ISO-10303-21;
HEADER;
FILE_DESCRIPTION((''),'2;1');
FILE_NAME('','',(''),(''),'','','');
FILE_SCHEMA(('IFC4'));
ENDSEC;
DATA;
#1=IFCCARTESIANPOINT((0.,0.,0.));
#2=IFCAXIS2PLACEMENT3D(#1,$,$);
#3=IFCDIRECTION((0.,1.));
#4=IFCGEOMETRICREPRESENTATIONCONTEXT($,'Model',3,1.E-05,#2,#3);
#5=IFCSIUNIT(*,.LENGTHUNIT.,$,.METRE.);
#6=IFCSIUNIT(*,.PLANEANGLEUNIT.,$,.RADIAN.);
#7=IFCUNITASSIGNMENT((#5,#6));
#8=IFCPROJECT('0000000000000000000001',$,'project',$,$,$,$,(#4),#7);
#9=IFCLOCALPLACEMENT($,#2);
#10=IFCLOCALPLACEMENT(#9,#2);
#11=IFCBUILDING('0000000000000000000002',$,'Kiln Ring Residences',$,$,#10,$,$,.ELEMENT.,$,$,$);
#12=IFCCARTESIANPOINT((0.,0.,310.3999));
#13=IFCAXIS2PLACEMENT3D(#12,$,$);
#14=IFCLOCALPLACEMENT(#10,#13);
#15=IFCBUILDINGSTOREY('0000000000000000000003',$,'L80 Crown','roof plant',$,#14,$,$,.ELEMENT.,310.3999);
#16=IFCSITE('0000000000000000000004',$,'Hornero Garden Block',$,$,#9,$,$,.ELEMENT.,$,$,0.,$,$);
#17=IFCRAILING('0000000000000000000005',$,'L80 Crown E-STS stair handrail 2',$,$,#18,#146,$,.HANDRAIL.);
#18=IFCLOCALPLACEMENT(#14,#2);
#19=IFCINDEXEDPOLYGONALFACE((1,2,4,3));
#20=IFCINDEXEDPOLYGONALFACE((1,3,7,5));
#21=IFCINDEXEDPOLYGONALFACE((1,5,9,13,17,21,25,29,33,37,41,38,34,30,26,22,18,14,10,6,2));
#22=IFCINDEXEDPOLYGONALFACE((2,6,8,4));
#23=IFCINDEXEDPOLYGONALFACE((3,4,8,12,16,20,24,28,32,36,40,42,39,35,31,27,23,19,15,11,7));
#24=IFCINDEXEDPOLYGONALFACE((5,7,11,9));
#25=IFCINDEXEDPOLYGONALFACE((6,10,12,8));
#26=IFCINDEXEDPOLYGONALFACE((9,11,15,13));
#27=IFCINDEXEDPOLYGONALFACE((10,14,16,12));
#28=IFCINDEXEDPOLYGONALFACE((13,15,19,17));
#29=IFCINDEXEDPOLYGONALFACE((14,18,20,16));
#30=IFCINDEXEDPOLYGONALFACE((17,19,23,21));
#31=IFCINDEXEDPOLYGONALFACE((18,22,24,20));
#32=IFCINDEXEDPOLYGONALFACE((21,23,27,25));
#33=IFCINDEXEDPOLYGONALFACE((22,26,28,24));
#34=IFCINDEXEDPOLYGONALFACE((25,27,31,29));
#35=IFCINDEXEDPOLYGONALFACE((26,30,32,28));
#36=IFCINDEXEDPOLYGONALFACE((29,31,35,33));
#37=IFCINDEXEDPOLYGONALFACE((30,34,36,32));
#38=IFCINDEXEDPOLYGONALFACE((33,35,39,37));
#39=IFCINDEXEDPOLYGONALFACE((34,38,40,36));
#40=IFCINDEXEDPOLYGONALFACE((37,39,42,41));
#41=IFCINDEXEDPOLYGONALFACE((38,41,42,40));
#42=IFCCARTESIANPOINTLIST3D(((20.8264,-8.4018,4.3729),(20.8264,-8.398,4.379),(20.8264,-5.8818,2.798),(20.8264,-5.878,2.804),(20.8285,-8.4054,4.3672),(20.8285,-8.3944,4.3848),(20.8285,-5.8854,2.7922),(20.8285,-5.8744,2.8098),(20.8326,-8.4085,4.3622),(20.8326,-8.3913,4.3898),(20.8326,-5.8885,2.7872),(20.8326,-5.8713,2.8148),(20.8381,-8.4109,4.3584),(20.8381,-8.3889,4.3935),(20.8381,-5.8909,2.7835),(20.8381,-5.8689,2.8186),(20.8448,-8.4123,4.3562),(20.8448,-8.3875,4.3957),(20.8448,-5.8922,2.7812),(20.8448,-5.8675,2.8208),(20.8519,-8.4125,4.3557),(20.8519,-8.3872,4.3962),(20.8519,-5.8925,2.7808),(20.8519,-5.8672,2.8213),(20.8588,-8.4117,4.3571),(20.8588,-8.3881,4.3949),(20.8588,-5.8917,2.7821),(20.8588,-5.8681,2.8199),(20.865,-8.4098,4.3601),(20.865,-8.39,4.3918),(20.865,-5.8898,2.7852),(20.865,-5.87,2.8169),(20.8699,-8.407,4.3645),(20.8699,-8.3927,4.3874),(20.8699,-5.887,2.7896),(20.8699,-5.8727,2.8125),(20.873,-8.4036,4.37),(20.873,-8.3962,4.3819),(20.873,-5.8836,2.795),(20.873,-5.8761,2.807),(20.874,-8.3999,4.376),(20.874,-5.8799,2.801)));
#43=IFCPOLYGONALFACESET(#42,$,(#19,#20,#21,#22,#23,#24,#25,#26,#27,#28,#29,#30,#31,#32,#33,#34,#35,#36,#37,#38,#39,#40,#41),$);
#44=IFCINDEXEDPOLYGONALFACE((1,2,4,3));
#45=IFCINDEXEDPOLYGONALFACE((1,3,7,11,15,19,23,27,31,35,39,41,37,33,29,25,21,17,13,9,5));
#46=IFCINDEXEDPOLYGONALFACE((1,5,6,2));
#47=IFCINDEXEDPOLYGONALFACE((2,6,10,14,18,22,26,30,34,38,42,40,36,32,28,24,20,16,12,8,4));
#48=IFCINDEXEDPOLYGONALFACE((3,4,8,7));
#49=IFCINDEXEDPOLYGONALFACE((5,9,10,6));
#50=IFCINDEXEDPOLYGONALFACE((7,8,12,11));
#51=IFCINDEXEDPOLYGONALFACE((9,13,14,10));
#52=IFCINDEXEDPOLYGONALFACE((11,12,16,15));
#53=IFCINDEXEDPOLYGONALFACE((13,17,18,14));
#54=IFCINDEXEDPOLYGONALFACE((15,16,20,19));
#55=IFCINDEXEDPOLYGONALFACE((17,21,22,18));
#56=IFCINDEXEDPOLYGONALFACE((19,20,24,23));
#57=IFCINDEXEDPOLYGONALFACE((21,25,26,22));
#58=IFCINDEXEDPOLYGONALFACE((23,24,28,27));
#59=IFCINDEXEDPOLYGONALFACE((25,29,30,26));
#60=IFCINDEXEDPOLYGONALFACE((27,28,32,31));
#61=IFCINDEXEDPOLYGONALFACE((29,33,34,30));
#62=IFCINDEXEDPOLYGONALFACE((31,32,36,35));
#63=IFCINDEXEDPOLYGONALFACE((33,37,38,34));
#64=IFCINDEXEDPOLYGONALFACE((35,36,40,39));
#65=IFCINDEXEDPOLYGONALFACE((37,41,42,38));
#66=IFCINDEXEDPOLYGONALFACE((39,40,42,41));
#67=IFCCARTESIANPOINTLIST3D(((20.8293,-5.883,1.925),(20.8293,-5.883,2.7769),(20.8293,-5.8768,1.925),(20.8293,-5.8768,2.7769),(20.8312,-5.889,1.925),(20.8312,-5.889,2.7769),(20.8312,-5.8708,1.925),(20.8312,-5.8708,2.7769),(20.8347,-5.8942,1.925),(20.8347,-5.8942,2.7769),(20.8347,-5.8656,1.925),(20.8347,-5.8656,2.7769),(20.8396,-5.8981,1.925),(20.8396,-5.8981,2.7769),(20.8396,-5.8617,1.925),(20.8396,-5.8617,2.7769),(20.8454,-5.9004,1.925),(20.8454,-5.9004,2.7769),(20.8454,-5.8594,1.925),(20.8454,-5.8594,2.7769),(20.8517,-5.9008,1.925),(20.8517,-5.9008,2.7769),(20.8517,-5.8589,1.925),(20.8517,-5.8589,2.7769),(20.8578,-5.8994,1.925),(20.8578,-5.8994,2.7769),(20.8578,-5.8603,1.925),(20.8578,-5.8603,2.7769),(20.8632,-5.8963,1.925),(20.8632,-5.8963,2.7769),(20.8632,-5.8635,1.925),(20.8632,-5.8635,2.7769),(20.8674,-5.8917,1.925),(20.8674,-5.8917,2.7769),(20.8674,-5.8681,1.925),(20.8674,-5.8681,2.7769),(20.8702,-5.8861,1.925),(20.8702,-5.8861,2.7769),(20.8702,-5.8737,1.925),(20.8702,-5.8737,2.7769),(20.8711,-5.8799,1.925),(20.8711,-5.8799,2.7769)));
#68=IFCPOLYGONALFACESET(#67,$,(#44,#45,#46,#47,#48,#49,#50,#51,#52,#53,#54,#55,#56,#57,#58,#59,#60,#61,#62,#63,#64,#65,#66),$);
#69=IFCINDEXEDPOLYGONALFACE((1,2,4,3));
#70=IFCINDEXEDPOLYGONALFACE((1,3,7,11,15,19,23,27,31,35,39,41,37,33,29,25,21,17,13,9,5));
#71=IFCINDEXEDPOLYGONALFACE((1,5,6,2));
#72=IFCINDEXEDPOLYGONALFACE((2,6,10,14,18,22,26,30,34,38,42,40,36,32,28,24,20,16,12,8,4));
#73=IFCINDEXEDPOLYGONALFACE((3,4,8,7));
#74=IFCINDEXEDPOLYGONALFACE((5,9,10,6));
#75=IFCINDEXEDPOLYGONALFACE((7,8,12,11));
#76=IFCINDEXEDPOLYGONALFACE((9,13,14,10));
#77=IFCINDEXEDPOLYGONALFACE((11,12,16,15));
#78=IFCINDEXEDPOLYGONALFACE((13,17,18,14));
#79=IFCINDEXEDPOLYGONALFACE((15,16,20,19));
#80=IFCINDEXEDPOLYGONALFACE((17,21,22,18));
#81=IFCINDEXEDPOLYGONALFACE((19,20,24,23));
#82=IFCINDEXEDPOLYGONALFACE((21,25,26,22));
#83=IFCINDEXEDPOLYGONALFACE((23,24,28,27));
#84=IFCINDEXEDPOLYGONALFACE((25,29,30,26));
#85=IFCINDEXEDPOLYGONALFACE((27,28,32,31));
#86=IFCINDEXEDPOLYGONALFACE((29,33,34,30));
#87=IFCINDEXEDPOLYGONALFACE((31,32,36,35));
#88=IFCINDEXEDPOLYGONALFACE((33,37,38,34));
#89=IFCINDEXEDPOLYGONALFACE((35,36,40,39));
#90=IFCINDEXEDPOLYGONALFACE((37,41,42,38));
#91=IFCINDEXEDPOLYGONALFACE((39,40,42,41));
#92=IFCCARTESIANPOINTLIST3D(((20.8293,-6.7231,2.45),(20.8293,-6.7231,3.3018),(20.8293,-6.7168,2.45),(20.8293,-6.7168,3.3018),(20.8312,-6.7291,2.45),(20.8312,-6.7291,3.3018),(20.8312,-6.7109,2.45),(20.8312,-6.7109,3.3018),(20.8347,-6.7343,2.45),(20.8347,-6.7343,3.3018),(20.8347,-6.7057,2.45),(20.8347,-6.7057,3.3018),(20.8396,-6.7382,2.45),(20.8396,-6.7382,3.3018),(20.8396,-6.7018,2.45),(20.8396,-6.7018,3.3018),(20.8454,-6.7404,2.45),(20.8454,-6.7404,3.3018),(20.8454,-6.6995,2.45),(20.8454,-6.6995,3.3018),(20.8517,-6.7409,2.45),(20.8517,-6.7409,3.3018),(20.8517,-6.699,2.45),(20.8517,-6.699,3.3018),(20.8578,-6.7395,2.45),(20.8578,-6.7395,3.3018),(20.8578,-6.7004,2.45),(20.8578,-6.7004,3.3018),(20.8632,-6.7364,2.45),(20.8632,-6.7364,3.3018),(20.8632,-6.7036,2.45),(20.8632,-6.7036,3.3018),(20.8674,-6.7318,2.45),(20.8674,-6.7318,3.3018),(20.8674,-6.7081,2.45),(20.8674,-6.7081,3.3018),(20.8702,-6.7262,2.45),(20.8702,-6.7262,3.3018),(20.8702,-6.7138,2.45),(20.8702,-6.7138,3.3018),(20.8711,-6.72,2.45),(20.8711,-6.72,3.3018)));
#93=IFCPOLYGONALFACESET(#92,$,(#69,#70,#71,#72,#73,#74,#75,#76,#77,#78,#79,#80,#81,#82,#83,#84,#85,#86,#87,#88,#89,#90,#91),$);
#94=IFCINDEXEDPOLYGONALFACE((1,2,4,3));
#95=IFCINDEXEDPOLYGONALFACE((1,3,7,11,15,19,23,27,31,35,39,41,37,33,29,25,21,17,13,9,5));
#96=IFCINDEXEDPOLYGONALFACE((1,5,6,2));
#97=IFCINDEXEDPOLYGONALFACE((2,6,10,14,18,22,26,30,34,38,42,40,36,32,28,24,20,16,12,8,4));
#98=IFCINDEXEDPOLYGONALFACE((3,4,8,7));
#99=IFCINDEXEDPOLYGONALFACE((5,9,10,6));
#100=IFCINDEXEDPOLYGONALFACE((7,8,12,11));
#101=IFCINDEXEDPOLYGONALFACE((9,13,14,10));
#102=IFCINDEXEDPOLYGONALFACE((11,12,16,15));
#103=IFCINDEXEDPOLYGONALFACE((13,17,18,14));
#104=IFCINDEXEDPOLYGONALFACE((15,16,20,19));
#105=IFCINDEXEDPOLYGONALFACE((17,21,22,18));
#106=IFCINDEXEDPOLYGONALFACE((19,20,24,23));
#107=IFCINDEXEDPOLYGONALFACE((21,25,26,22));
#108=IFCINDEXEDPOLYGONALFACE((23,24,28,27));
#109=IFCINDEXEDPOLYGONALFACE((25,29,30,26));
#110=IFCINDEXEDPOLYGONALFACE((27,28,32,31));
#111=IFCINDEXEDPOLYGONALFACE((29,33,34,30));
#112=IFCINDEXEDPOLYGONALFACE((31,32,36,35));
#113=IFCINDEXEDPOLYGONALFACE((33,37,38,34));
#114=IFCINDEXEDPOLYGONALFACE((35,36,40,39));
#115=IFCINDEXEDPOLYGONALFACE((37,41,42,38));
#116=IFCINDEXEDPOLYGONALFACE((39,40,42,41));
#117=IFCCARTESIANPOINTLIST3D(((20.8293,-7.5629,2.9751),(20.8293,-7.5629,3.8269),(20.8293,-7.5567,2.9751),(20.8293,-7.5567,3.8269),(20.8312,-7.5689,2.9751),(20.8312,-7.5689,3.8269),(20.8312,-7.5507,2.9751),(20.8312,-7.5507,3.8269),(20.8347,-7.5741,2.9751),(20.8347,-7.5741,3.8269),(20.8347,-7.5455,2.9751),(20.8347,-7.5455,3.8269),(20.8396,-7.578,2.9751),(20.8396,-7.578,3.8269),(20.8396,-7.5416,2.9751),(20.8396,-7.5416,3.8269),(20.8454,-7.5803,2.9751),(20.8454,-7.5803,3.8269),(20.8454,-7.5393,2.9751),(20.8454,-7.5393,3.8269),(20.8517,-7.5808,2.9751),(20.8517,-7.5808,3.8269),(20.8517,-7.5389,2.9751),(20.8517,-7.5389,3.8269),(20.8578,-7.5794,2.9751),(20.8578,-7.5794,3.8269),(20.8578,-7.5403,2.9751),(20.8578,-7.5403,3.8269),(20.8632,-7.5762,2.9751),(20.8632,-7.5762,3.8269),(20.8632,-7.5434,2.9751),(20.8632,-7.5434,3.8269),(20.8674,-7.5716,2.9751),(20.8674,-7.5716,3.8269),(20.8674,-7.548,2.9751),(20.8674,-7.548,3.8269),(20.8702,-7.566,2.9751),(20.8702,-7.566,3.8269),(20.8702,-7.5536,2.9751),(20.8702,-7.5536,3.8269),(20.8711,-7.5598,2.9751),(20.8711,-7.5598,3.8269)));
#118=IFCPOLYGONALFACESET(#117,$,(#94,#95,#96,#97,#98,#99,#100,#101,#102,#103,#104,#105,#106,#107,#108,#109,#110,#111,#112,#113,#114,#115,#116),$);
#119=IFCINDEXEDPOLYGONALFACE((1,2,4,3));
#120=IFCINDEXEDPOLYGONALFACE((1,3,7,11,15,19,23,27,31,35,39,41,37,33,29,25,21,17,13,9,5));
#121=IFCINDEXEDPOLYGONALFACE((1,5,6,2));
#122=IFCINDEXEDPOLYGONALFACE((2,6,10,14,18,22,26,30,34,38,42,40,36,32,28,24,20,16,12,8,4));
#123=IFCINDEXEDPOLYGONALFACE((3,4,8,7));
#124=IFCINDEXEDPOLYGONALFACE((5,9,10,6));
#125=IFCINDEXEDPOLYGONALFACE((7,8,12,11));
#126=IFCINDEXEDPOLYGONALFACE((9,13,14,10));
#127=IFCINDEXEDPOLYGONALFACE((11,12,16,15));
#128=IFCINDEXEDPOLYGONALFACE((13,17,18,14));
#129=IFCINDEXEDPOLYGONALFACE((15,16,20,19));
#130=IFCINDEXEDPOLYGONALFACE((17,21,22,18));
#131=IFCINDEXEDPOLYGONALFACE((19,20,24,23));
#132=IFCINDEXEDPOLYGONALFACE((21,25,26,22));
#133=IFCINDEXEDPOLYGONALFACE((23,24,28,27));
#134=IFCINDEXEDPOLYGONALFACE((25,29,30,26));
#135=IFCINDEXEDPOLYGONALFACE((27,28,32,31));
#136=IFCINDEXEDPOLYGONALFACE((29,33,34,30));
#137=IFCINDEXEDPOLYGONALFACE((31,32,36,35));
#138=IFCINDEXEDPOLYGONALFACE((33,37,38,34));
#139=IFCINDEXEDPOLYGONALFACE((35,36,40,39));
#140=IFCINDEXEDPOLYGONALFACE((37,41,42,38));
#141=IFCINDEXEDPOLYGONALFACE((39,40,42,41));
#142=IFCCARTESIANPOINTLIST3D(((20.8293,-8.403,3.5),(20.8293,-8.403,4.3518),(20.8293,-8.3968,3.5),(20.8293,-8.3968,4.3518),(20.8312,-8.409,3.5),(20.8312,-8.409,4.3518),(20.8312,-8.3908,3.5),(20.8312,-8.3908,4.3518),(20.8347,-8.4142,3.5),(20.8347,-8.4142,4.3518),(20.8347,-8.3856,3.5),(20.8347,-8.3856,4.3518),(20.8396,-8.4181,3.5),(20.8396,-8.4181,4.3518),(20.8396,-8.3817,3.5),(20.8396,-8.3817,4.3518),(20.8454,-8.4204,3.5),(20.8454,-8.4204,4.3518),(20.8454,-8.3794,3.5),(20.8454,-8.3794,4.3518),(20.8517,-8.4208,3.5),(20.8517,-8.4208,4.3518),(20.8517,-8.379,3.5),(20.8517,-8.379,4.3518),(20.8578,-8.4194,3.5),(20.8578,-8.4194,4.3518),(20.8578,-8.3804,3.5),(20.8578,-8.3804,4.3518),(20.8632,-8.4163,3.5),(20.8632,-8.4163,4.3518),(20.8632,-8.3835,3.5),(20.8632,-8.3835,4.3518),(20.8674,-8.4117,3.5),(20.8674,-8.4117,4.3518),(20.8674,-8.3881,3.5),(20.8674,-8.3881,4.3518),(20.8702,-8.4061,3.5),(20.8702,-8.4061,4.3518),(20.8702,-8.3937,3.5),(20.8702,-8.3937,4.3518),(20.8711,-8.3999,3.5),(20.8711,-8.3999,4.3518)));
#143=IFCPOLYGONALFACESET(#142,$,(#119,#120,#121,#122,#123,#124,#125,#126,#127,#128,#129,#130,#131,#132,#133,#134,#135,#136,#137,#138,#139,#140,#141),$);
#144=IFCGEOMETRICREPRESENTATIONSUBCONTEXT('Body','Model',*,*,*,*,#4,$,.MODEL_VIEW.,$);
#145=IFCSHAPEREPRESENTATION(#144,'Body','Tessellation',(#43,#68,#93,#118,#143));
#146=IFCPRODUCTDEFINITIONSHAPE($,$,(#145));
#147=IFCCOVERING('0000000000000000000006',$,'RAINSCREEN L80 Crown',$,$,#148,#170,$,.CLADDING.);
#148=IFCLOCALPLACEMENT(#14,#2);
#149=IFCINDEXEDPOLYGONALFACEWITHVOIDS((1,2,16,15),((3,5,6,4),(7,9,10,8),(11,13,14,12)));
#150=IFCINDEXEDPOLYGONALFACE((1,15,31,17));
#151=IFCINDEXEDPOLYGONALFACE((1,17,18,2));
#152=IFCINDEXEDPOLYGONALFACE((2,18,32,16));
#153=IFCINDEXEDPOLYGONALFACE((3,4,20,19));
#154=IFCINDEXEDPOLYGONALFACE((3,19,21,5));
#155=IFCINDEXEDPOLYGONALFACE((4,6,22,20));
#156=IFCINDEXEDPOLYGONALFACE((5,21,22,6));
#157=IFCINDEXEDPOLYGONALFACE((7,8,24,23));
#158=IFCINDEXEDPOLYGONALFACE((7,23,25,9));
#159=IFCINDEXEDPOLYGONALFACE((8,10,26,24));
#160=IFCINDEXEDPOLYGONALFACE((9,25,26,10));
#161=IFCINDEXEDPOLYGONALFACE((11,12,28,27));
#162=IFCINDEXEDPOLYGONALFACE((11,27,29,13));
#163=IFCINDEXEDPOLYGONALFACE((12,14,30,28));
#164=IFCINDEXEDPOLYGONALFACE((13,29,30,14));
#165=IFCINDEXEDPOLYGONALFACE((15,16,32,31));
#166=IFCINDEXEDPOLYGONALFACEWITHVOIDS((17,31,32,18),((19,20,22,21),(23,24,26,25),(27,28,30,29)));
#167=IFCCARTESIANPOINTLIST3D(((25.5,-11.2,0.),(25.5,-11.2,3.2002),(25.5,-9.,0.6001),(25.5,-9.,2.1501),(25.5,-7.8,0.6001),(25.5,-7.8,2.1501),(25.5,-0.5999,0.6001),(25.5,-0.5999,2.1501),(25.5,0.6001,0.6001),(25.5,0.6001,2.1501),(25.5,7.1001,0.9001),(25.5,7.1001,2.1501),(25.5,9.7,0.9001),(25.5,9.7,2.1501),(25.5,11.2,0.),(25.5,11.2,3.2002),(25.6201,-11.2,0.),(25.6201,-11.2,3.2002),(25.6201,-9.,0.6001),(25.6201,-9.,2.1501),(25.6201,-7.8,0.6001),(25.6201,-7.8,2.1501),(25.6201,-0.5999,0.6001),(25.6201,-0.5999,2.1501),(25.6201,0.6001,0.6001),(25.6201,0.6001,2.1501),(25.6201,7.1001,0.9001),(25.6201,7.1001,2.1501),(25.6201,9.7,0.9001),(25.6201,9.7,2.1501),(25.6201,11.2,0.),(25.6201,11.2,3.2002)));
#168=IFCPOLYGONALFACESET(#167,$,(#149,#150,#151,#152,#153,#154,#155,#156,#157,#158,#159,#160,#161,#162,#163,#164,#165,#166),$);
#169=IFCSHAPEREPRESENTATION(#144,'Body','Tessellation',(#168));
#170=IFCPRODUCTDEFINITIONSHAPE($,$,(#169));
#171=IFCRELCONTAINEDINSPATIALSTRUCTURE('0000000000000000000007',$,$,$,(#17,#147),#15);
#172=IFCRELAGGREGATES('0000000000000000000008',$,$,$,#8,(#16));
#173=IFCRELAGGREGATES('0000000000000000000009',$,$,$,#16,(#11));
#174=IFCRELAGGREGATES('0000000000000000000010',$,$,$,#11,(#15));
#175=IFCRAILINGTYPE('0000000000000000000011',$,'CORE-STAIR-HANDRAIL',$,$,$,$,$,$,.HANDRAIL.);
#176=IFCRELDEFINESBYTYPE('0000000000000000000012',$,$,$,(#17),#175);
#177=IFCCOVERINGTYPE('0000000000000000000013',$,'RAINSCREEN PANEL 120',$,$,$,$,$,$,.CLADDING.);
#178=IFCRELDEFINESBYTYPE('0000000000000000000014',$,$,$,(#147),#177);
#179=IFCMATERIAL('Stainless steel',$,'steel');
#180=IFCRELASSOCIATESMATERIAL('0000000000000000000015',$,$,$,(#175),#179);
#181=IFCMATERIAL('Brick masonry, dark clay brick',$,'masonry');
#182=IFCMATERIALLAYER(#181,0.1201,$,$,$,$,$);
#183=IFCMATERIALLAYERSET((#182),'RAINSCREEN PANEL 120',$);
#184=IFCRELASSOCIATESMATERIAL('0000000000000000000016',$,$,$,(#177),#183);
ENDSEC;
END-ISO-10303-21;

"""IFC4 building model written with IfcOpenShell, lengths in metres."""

from ifc_helpers import new_model, si_unit, direction, frame, origin, origin_2d, place, context, subcontext, project, spatial, polyline, circle, outline, extrude, material, layer, layer_set, type_object, element, save


model = new_model("IFC4")

# Units and contexts
model_context = context("Model", 3, precision=1e-05, world=origin(), true_north=direction((0.0, 1.0)))
body_context = subcontext(model_context, "Body", "Model", "MODEL_VIEW")
ifc_project = project(units=[si_unit("LENGTHUNIT", "METRE"), si_unit("PLANEANGLEUNIT", "RADIAN")], contexts=[model_context])

# Site, building, storey
site_placement = place(None, origin())
site = spatial("IfcSite", under=ifc_project, at=site_placement, Name="Hornero Garden Block", CompositionType="ELEMENT", RefElevation=0.0)
building_placement = place(site_placement, origin())
building = spatial("IfcBuilding", under=site, at=building_placement, Name="Kiln Ring Residences", CompositionType="ELEMENT")
storey_placement = place(building_placement, frame((0.0, 0.0, 310.3999)))
storey = spatial("IfcBuildingStorey", under=building, at=storey_placement, Name="L80 Crown", Description="roof plant", CompositionType="ELEMENT", Elevation=310.3999)

# Railing
ifc_material_1 = material(Name="Stainless steel", Category="steel")
railing_type_1 = type_object("IfcRailingType", Name="CORE-STAIR-HANDRAIL", PredefinedType="HANDRAIL", material=ifc_material_1)
railing_1_placement = place(storey_placement, frame((20.8501, -5.8799, 1.925)))
element("IfcRailing", 1, at=railing_1_placement, inside=storey, type_object=railing_type_1, Name="L80 Crown E-STS stair handrail 2", PredefinedType="HANDRAIL", context=body_context, shape_type="SweptSolid", body=[
    extrude(circle(Radius=0.0239, at=origin_2d()), frame((0.0, 0.0, 0.876), z_axis=(0.0, -0.848008, 0.529984), x_axis=(1.0, 0.0, 0.0)), (0.0, 0.0, 1.0), 2.9717),
    extrude(circle(Radius=0.021, at=origin_2d()), origin(), (0.0, 0.0, 1.0), 0.8518),
    extrude(circle(Radius=0.021, at=origin_2d()), frame((0.0, -0.8401, 0.5249)), (0.0, 0.0, 1.0), 0.8518),
    extrude(circle(Radius=0.021, at=origin_2d()), frame((0.0, -1.6799, 1.05)), (0.0, 0.0, 1.0), 0.8518),
    extrude(circle(Radius=0.021, at=origin_2d()), frame((0.0, -2.52, 1.575)), (0.0, 0.0, 1.0), 0.8518),
])

# Covering
ifc_material_2 = material(Name="Brick masonry, dark clay brick", Category="masonry")
ifc_layer_1 = layer(ifc_material_2, 0.1201)
ifc_layer_set_1 = layer_set([ifc_layer_1], Name="RAINSCREEN PANEL 120")
covering_type = type_object("IfcCoveringType", Name="RAINSCREEN PANEL 120", PredefinedType="CLADDING", material=ifc_layer_set_1)
covering_placement = place(storey_placement, frame((25.5601, -11.2, 0.0), z_axis=(0.0, 0.0, 1.0), x_axis=(0.0, 1.0, 0.0)))
element("IfcCovering", 2, at=covering_placement, inside=storey, type_object=covering_type, Name="RAINSCREEN L80 Crown", PredefinedType="CLADDING", context=body_context, shape_type="SweptSolid", body=[
    extrude(outline(polyline([(0.0, 0.0), (22.3999, 0.0), (22.3999, 3.2002), (0.0, 3.2002), (0.0, 0.0)]), holes=[polyline([(3.3999, 2.1501), (2.2, 2.1501), (2.2, 0.6001), (3.3999, 0.6001), (3.3999, 2.1501)]), polyline([(11.8, 0.6001), (11.8, 2.1501), (10.6001, 2.1501), (10.6001, 0.6001), (11.8, 0.6001)]), polyline([(20.8999, 0.9001), (20.8999, 2.1501), (18.3, 2.1501), (18.3, 0.9001), (20.8999, 0.9001)])]), frame((0.0, 0.0601, 0.0), z_axis=(0.0, -1.0, 0.0), x_axis=(1.0, 0.0, 0.0)), (0.0, 0.0, 1.0), 0.1201),
])

save(model, "model.ifc")
